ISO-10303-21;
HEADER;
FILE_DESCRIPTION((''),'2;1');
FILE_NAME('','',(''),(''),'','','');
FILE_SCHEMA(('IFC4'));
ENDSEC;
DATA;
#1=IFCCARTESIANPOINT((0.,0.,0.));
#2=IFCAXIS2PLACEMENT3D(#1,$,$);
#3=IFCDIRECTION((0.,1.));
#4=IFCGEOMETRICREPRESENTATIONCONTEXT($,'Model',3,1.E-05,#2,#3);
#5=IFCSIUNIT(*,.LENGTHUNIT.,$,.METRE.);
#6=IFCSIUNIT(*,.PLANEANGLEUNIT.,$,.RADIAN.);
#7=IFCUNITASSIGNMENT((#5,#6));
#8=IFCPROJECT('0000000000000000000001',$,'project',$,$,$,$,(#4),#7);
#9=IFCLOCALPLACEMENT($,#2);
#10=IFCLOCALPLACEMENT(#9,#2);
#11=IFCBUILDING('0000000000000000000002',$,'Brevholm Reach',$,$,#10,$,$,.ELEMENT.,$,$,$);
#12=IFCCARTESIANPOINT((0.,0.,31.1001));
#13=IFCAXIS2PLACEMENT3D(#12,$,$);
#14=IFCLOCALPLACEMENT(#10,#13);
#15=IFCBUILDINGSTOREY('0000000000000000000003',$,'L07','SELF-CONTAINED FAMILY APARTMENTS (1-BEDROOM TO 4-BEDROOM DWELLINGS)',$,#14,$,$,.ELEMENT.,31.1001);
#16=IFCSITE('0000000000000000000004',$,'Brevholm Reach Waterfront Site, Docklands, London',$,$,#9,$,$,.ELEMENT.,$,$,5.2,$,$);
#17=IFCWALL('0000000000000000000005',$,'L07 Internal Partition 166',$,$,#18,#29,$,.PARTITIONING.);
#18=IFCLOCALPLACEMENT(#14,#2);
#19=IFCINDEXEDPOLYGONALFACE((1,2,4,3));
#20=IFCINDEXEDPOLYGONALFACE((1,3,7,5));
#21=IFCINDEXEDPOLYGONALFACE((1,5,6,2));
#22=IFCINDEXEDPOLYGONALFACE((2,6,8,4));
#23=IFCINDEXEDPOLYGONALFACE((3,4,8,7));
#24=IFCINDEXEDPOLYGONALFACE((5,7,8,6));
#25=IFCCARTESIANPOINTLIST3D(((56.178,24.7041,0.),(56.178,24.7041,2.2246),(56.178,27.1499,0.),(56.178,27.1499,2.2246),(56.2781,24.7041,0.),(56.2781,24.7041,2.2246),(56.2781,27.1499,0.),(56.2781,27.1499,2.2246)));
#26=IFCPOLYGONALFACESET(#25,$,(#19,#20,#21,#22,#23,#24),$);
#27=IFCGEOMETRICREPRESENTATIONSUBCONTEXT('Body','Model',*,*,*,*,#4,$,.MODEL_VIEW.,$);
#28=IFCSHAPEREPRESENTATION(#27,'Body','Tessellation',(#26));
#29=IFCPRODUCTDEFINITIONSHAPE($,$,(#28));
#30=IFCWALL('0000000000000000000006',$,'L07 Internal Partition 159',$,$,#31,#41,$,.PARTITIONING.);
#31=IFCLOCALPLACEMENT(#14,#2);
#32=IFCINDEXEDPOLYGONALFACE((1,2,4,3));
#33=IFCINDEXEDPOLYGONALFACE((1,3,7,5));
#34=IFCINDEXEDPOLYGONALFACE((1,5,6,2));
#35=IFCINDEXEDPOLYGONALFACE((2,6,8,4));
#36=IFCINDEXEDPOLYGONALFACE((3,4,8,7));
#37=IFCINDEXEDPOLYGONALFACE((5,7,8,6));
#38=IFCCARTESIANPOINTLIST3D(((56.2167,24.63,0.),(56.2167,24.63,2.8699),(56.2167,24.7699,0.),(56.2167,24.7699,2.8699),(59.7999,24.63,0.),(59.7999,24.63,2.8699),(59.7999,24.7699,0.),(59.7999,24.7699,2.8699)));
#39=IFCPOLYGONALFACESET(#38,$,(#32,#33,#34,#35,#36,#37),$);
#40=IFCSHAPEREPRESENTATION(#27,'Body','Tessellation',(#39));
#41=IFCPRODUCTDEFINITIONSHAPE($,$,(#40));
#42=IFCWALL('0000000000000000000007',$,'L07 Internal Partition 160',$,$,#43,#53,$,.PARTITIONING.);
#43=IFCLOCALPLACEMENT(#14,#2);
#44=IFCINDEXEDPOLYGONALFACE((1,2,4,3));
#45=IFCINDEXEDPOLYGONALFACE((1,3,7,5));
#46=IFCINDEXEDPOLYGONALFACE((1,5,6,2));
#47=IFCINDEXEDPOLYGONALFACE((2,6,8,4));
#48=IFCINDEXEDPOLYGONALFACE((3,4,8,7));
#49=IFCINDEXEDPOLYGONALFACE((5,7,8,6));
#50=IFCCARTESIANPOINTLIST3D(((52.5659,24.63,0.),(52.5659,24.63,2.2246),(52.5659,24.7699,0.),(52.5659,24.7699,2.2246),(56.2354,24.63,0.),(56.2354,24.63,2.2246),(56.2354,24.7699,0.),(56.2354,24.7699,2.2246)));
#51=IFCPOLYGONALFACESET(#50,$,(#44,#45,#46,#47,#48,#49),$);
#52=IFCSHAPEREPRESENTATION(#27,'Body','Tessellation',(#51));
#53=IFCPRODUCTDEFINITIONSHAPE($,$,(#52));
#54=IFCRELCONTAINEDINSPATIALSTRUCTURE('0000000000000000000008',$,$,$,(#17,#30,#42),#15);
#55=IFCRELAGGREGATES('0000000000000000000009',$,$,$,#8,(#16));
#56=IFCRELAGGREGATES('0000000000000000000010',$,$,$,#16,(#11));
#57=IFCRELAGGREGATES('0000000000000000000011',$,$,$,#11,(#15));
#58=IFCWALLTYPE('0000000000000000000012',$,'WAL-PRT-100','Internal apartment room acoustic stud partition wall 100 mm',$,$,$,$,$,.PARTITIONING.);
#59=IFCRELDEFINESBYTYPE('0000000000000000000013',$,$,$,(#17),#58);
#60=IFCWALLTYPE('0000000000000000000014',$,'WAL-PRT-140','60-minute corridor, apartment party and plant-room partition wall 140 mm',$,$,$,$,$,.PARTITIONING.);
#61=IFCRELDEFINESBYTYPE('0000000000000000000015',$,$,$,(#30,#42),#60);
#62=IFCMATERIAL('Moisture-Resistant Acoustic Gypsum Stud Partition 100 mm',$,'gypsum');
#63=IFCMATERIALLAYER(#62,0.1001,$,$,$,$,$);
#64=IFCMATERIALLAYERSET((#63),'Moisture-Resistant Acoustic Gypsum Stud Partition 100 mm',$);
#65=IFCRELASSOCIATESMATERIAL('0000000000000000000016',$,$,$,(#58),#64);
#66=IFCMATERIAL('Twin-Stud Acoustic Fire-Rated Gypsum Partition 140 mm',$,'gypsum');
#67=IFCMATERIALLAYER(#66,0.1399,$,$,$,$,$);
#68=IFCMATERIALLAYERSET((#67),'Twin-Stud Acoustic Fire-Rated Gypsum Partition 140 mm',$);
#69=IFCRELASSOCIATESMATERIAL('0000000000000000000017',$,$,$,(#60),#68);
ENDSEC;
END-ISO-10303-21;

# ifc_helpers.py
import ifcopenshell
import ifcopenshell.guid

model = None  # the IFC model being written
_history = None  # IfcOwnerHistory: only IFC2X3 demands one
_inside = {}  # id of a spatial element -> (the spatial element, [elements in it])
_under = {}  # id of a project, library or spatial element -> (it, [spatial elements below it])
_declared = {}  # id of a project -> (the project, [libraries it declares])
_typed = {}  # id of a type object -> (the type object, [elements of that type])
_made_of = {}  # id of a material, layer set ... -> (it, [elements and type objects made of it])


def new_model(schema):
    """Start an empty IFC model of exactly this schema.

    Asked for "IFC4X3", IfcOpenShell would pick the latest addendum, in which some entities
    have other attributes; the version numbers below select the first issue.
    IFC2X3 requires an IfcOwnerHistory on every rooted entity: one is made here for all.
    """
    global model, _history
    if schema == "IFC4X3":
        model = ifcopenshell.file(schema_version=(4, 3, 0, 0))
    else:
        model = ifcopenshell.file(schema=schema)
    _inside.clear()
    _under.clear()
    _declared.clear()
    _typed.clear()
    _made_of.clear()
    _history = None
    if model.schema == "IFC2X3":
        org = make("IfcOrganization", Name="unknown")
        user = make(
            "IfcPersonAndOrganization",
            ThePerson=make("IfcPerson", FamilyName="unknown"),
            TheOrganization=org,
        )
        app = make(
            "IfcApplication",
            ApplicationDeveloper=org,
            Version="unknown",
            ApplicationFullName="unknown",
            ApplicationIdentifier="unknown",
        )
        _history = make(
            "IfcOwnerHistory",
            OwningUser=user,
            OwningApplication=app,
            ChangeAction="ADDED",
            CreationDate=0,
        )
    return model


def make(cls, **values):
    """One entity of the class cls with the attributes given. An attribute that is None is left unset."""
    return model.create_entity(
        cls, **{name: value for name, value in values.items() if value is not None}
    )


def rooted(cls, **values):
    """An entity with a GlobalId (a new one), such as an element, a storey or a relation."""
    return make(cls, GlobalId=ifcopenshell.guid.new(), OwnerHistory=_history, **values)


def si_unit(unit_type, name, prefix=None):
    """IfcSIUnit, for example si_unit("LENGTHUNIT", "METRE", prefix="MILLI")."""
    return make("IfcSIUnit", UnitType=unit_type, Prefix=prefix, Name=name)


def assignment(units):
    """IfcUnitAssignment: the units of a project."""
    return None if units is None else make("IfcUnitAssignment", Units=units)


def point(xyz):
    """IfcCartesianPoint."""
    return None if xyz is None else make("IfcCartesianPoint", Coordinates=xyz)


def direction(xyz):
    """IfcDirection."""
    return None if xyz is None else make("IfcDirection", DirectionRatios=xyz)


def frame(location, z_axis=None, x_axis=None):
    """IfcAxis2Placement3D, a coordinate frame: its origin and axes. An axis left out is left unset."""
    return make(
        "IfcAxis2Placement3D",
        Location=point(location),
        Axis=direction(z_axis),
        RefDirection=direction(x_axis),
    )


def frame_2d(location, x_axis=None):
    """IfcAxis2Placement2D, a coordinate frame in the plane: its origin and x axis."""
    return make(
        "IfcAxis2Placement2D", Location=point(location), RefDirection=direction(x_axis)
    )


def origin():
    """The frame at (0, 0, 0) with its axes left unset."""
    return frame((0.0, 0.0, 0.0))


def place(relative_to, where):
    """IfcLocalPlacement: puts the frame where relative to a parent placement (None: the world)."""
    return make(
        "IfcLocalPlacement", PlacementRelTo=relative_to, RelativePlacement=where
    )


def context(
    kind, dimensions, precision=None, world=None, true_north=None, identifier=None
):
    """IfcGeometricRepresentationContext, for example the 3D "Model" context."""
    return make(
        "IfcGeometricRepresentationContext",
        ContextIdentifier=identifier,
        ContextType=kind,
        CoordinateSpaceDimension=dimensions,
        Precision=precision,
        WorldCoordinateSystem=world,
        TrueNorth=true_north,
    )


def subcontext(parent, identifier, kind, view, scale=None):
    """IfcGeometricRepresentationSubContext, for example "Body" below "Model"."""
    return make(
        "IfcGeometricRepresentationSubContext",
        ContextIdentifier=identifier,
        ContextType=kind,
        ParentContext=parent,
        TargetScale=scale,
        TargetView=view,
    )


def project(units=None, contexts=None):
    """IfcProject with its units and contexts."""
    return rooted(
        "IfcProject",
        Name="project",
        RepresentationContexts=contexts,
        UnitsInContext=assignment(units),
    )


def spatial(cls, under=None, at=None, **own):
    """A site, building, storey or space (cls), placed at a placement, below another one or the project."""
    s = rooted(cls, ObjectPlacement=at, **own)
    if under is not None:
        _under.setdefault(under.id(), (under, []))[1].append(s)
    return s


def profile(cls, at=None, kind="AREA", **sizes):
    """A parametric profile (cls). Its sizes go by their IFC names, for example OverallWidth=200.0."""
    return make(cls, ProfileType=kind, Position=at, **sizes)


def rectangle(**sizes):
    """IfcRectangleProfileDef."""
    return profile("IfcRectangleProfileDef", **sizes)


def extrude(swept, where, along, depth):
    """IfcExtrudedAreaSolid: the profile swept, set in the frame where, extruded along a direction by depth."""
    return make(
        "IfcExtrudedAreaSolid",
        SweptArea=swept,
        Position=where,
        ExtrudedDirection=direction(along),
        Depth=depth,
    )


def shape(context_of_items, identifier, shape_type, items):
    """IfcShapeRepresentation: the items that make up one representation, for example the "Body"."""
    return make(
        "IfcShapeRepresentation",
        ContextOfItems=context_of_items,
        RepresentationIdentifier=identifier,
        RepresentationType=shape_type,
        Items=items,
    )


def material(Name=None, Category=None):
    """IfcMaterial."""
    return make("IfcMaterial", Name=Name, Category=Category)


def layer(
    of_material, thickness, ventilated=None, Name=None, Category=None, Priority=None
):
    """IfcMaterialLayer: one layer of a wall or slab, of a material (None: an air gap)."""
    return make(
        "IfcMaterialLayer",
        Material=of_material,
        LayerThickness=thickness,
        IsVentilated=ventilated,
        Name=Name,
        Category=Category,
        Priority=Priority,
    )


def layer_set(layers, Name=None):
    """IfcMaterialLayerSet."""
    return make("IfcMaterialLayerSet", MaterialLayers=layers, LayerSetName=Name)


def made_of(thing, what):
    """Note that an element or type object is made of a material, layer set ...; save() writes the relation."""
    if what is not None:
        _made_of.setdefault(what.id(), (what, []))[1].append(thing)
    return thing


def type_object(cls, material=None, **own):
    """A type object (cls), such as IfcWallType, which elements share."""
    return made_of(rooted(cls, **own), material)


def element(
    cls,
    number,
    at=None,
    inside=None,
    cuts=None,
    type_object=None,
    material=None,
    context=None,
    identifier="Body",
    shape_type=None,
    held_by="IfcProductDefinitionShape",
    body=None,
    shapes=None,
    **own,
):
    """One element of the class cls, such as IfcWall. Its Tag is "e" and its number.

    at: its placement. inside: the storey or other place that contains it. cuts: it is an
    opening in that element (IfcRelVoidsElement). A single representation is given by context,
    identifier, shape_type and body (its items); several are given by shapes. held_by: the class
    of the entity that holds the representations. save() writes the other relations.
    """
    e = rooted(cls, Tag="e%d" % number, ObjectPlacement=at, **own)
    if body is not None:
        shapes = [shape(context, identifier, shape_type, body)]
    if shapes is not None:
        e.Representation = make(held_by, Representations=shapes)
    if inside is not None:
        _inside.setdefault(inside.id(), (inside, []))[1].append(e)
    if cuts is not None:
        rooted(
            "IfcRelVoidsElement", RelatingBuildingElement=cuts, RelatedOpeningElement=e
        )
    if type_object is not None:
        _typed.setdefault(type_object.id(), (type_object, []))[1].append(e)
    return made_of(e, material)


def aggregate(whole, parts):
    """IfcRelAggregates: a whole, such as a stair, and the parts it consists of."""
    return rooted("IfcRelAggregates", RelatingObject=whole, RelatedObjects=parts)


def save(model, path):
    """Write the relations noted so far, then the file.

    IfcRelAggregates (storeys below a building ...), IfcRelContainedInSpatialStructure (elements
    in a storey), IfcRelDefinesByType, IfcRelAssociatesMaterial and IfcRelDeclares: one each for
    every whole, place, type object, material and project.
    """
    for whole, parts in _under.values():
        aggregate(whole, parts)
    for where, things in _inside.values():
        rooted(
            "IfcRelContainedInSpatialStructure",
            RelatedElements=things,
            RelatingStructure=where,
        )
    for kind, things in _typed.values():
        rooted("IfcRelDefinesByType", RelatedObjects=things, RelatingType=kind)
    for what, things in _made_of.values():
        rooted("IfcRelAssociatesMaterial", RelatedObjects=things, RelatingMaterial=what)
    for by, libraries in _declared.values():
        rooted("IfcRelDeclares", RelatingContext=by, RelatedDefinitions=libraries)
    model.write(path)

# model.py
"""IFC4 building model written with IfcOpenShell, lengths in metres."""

from ifc_helpers import new_model, si_unit, direction, frame, frame_2d, origin, place, context, subcontext, project, spatial, rectangle, extrude, material, layer, layer_set, type_object, element, save


model = new_model("IFC4")

# Units and contexts
model_context = context("Model", 3, precision=1e-05, world=origin(), true_north=direction((0.0, 1.0)))
body_context = subcontext(model_context, "Body", "Model", "MODEL_VIEW")
ifc_project = project(units=[si_unit("LENGTHUNIT", "METRE"), si_unit("PLANEANGLEUNIT", "RADIAN")], contexts=[model_context])

# Site, building, storey
site_placement = place(None, origin())
site = spatial("IfcSite", under=ifc_project, at=site_placement, Name="Brevholm Reach Waterfront Site, Docklands, London", CompositionType="ELEMENT", RefElevation=5.2)
building_placement = place(site_placement, origin())
building = spatial("IfcBuilding", under=site, at=building_placement, Name="Brevholm Reach", CompositionType="ELEMENT")
storey_placement = place(building_placement, frame((0.0, 0.0, 31.1001)))
storey = spatial("IfcBuildingStorey", under=building, at=storey_placement, Name="L07", Description="SELF-CONTAINED FAMILY APARTMENTS (1-BEDROOM TO 4-BEDROOM DWELLINGS)", CompositionType="ELEMENT", Elevation=31.1001)

# Shared definitions
ifc_material_1 = material(Name="Moisture-Resistant Acoustic Gypsum Stud Partition 100 mm", Category="gypsum")
ifc_layer_1 = layer(ifc_material_1, 0.1001)
ifc_layer_set_1 = layer_set([ifc_layer_1], Name="Moisture-Resistant Acoustic Gypsum Stud Partition 100 mm")
wall_type_1 = type_object("IfcWallType", Name="WAL-PRT-100", Description="Internal apartment room acoustic stud partition wall 100 mm", PredefinedType="PARTITIONING", material=ifc_layer_set_1)

# Walls
wall_1_placement = place(storey_placement, frame((56.228, 24.7041, 0.0), z_axis=(0.0, 0.0, 1.0), x_axis=(0.0, 1.0, 0.0)))
element("IfcWall", 1, at=wall_1_placement, inside=storey, type_object=wall_type_1, Name="L07 Internal Partition 166", PredefinedType="PARTITIONING", context=body_context, shape_type="SweptSolid", body=[
    extrude(rectangle(XDim=2.4458, YDim=0.1001, at=frame_2d((1.2229, 0.0))), origin(), (0.0, 0.0, 1.0), 2.2246),
])
ifc_material_2 = material(Name="Twin-Stud Acoustic Fire-Rated Gypsum Partition 140 mm", Category="gypsum")
ifc_layer_2 = layer(ifc_material_2, 0.1399)
ifc_layer_set_2 = layer_set([ifc_layer_2], Name="Twin-Stud Acoustic Fire-Rated Gypsum Partition 140 mm")
wall_type_2 = type_object("IfcWallType", Name="WAL-PRT-140", Description="60-minute corridor, apartment party and plant-room partition wall 140 mm", PredefinedType="PARTITIONING", material=ifc_layer_set_2)
wall_2_placement = place(storey_placement, frame((56.2168, 24.7, 0.0), z_axis=(0.0, 0.0, 1.0), x_axis=(1.0, 0.0, 0.0)))
element("IfcWall", 2, at=wall_2_placement, inside=storey, type_object=wall_type_2, Name="L07 Internal Partition 159", PredefinedType="PARTITIONING", context=body_context, shape_type="SweptSolid", body=[
    extrude(rectangle(XDim=3.5833, YDim=0.1399, at=frame_2d((1.7915, 0.0))), origin(), (0.0, 0.0, 1.0), 2.8699),
])
wall_3_placement = place(storey_placement, frame((52.5659, 24.7, 0.0), z_axis=(0.0, 0.0, 1.0), x_axis=(1.0, 0.0, 0.0)))
element("IfcWall", 3, at=wall_3_placement, inside=storey, type_object=wall_type_2, Name="L07 Internal Partition 160", PredefinedType="PARTITIONING", context=body_context, shape_type="SweptSolid", body=[
    extrude(rectangle(XDim=3.6694, YDim=0.1399, at=frame_2d((1.8347, 0.0))), origin(), (0.0, 0.0, 1.0), 2.2246),
])

save(model, "model.ifc")
